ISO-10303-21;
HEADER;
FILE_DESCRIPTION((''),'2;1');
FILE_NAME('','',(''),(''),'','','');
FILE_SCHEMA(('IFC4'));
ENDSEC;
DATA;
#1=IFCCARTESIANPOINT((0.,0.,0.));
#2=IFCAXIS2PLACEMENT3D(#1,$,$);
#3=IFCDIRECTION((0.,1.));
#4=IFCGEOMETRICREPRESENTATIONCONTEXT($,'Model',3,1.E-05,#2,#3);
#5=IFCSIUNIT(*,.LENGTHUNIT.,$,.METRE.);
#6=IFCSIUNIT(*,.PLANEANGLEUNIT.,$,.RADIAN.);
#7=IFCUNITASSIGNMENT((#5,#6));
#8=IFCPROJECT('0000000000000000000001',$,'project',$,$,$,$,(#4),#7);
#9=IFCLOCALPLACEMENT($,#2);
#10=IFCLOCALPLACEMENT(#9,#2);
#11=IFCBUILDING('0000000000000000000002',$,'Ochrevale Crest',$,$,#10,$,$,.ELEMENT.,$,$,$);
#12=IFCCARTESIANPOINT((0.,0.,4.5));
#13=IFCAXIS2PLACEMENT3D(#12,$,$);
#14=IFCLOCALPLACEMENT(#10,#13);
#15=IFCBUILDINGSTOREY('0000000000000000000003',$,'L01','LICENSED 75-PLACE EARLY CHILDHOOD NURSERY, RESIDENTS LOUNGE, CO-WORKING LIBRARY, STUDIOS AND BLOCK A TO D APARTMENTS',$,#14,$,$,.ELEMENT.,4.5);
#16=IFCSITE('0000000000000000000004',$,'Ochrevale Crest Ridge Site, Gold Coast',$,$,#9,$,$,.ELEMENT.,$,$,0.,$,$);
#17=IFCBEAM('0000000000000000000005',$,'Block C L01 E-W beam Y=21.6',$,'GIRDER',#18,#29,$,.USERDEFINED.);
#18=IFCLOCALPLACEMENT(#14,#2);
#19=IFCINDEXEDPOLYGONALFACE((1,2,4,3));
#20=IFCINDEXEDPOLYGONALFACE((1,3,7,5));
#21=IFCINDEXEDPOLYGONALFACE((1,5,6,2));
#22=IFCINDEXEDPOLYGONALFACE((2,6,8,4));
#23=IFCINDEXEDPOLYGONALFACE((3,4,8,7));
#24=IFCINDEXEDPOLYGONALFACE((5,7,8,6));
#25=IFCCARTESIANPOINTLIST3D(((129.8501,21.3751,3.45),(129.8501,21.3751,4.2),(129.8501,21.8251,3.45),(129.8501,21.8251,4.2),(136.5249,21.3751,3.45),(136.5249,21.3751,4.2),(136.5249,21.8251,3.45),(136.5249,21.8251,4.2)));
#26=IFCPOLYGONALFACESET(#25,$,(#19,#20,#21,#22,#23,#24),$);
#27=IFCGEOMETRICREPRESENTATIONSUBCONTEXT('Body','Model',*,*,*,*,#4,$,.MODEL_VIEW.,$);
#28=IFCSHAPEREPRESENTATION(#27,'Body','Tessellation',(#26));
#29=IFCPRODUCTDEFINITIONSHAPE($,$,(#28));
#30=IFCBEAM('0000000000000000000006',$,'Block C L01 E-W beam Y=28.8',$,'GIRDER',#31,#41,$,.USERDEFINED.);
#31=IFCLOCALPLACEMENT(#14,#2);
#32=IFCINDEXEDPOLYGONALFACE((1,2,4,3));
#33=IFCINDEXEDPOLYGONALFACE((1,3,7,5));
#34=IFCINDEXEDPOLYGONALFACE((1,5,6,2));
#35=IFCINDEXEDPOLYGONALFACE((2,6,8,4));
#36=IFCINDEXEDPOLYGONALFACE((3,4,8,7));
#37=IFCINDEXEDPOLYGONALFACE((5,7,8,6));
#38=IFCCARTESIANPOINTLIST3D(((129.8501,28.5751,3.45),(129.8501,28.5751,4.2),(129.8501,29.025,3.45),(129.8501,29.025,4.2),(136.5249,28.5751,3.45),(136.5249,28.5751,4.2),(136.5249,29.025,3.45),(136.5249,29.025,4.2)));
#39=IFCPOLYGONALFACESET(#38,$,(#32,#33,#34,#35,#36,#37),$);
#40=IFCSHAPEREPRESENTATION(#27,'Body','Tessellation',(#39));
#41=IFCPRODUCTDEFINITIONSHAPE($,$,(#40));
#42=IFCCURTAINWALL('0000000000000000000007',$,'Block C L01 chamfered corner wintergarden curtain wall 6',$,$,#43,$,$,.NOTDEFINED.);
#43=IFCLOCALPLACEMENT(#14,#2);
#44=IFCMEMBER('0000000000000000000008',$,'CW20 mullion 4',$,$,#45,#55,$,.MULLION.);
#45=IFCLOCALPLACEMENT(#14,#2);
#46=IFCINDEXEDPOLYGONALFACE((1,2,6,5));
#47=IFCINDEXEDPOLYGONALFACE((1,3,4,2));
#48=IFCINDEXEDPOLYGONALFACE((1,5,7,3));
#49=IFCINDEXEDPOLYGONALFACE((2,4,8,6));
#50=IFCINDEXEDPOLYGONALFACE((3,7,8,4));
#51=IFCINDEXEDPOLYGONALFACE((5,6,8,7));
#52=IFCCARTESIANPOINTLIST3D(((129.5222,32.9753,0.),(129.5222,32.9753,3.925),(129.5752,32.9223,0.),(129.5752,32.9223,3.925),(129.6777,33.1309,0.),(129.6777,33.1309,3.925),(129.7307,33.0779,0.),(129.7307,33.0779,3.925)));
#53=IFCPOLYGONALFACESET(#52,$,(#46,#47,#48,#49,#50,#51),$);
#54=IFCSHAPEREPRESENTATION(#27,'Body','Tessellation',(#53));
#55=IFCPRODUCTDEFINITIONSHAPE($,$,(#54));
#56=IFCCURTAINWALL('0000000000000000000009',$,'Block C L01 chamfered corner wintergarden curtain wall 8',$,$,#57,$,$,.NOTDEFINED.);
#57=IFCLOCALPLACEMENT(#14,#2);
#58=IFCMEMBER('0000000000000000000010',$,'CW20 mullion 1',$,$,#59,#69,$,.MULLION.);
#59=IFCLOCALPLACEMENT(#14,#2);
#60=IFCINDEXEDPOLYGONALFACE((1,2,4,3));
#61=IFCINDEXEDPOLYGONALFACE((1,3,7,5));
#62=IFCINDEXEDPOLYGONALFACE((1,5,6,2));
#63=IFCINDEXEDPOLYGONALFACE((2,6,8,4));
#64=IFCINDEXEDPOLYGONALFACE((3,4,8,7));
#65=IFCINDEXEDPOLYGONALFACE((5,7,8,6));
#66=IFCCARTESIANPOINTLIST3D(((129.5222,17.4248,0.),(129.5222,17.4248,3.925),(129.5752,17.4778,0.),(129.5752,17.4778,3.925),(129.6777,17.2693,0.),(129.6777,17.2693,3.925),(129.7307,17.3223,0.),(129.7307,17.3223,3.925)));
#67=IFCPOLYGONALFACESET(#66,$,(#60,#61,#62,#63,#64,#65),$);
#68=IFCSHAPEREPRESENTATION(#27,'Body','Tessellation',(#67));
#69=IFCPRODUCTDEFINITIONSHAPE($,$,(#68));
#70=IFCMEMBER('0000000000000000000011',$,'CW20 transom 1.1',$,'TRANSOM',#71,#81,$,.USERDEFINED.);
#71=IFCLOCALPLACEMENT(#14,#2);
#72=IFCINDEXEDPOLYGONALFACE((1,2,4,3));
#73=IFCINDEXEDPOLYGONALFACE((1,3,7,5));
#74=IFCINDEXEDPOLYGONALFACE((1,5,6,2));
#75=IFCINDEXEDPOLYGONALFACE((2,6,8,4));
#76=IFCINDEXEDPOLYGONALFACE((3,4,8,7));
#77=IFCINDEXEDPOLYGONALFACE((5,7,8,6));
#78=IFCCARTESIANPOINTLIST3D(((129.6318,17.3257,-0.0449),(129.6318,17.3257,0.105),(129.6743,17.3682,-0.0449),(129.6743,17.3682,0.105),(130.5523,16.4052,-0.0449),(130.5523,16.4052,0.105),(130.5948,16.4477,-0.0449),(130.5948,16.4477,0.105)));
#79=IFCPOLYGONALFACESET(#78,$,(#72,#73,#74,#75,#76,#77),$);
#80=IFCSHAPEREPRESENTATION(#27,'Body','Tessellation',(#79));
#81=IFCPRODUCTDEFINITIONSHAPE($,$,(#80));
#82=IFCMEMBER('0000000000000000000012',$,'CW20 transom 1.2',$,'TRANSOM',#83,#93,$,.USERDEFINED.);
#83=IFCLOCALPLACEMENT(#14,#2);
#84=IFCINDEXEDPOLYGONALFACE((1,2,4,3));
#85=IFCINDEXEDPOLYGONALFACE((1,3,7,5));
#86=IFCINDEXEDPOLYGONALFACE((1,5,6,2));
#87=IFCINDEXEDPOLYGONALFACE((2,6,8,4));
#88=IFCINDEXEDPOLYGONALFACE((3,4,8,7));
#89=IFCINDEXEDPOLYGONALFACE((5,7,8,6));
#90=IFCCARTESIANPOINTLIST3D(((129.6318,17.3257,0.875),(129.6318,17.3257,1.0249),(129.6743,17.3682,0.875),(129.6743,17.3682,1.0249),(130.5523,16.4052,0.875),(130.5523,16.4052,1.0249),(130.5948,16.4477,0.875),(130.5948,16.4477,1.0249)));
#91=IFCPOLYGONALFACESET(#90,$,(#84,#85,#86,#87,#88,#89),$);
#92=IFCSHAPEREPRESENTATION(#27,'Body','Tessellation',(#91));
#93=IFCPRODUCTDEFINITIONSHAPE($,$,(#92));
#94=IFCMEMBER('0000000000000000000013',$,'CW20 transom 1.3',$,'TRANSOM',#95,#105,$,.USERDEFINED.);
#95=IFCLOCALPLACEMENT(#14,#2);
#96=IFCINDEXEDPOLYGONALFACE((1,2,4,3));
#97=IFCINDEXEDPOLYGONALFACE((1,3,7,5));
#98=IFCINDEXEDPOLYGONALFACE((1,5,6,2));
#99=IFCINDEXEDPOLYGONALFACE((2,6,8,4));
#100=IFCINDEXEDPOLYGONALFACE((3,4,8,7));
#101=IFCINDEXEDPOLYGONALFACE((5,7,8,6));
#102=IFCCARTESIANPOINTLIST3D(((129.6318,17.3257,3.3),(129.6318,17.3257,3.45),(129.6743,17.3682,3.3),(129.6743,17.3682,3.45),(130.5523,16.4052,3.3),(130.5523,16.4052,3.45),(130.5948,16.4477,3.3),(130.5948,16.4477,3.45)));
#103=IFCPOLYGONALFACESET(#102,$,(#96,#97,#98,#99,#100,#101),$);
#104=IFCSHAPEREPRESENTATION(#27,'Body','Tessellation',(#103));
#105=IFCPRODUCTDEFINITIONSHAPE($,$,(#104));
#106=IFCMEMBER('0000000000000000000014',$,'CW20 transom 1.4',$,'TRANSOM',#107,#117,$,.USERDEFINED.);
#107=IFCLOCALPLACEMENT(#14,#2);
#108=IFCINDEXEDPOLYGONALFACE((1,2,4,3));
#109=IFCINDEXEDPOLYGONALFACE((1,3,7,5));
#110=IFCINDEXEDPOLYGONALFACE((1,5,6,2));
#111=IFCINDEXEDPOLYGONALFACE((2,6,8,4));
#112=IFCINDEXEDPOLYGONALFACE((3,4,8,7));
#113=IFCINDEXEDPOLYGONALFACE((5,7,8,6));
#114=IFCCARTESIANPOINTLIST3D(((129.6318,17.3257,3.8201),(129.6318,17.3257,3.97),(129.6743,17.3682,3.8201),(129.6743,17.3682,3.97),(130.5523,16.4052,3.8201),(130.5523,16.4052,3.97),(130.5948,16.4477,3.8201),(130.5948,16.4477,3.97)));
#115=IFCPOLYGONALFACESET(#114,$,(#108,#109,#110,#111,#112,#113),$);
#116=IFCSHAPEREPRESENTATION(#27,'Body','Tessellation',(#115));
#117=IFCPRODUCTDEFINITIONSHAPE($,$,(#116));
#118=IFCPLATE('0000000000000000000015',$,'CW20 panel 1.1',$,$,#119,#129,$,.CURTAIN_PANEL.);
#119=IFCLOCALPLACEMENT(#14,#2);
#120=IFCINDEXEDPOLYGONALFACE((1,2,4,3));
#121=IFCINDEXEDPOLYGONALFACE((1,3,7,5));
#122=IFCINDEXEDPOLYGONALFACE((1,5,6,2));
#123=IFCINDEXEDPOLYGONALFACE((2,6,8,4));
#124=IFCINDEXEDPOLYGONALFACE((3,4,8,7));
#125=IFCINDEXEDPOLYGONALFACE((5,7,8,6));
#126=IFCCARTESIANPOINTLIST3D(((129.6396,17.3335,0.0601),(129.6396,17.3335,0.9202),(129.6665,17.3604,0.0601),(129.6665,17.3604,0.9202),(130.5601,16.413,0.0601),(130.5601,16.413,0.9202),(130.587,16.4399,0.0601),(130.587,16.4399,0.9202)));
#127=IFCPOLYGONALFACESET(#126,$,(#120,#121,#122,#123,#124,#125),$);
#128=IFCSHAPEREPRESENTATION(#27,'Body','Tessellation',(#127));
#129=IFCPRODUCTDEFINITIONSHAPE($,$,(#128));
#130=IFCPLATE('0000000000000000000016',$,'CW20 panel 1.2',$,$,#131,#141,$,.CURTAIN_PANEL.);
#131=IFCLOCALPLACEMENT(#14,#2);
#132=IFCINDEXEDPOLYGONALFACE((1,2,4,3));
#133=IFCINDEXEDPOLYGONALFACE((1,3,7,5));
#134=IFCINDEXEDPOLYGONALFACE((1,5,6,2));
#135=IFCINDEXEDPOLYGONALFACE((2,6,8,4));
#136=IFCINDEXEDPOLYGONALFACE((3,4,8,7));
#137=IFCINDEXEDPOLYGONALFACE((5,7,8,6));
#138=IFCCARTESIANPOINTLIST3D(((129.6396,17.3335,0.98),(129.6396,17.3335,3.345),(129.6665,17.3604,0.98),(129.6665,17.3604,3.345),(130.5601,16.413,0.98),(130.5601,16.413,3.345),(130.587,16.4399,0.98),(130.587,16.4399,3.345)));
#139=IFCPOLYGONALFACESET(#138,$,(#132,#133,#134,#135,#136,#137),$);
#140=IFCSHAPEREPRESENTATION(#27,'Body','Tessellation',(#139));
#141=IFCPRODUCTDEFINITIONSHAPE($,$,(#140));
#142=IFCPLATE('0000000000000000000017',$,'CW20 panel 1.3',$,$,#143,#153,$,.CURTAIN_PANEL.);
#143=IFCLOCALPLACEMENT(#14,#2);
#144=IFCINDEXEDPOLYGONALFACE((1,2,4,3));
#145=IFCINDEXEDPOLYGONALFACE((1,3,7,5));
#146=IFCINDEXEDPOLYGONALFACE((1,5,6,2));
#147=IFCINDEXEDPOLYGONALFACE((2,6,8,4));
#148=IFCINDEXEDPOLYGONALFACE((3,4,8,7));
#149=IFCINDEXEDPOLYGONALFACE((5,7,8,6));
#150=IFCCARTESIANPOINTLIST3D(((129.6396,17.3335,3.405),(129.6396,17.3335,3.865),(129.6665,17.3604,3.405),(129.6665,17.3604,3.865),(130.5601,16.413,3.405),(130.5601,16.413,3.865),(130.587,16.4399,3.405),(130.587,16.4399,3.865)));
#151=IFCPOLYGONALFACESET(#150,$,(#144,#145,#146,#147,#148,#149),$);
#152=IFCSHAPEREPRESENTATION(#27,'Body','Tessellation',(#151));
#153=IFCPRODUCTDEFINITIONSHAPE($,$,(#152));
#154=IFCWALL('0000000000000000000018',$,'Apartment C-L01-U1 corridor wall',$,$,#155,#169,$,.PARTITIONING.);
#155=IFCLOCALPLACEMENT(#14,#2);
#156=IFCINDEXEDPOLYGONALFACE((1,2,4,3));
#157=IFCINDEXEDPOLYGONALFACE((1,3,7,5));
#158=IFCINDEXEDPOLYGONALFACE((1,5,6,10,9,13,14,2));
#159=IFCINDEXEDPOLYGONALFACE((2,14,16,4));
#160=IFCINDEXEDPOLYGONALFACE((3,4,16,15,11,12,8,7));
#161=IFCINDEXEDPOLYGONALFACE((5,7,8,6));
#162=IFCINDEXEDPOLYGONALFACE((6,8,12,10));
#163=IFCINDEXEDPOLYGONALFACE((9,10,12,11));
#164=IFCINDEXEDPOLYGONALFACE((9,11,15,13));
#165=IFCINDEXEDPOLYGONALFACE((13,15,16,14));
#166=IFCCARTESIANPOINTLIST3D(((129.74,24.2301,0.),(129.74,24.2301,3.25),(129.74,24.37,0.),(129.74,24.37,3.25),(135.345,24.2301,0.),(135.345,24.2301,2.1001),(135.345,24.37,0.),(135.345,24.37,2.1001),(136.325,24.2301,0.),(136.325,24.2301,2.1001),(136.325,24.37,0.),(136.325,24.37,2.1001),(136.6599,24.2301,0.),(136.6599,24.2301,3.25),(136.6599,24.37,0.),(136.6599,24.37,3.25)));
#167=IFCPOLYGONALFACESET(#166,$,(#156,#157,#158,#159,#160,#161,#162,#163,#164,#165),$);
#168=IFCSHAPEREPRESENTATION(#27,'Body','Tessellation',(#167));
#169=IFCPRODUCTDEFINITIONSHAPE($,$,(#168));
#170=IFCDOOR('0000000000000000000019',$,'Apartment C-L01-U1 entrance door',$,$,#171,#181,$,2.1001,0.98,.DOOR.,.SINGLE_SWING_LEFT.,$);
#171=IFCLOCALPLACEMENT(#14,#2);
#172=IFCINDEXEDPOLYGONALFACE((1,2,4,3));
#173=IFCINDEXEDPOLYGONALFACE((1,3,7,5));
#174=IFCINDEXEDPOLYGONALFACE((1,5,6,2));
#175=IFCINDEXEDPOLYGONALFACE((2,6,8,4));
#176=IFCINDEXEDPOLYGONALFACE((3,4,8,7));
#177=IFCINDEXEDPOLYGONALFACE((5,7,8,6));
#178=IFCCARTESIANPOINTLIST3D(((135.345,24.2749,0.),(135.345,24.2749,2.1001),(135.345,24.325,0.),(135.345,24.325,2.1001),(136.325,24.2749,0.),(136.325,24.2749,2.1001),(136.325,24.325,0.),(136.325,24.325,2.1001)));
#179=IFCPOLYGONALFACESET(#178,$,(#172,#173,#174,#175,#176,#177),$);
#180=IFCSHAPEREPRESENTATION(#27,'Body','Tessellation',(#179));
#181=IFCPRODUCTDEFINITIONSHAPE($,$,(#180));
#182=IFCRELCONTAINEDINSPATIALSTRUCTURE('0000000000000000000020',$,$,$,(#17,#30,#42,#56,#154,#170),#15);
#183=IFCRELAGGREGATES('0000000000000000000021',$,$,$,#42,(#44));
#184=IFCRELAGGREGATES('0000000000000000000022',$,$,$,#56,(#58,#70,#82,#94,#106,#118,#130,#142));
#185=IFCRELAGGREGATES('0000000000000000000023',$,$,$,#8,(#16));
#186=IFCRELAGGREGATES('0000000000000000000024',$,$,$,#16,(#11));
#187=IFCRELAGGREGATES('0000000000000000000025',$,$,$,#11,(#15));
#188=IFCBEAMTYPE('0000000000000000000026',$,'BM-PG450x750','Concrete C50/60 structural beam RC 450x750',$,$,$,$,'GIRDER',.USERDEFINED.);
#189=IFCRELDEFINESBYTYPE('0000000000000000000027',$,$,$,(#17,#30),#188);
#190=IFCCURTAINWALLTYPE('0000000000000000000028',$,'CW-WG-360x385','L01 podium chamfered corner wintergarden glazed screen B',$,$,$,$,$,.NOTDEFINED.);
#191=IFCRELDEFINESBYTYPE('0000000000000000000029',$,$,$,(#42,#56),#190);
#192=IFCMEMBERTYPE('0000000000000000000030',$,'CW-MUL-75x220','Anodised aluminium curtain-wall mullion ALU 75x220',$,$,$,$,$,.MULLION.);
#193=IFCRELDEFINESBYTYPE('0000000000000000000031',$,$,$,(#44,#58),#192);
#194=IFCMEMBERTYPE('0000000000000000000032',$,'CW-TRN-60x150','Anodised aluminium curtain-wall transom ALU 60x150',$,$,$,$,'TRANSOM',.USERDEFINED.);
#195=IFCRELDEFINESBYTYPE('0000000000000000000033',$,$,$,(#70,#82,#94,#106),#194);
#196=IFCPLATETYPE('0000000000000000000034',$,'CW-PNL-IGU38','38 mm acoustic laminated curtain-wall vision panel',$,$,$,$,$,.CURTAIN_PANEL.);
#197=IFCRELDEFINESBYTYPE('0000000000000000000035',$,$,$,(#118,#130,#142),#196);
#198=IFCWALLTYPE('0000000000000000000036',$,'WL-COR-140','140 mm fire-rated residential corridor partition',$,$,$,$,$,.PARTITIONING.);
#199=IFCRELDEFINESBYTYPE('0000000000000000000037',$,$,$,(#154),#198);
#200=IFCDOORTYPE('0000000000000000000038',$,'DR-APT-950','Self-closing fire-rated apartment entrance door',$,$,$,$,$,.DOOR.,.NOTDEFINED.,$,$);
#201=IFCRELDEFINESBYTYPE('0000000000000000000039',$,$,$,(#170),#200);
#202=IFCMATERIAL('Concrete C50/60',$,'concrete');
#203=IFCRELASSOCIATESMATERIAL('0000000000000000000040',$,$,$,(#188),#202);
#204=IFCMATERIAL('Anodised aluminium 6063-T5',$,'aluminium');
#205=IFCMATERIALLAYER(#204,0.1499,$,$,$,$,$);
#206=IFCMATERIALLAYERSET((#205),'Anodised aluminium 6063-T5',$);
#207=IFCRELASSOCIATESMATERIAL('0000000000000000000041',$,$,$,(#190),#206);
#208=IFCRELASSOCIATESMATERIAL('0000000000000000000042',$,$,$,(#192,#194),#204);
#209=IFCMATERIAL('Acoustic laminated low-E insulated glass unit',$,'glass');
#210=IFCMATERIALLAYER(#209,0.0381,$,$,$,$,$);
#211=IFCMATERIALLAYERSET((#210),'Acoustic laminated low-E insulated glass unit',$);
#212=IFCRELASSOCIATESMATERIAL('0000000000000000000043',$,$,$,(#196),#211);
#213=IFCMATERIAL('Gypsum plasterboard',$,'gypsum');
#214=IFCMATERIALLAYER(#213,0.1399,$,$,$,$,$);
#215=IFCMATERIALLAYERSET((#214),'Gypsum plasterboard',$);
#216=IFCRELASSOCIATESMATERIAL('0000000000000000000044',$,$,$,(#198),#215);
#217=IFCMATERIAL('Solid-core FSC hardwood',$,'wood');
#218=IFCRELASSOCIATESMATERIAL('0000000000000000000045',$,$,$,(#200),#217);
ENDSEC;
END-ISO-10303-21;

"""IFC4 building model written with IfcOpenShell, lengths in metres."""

from ifc_helpers import new_model, si_unit, direction, frame, frame_2d, origin, origin_2d, place, context, subcontext, project, spatial, rectangle, extrude, material, layer, layer_set, material_profile, profile_set, type_object, element, fill, aggregate, save


model = new_model("IFC4")

# Units and contexts
model_context = context("Model", 3, precision=1e-05, world=origin(), true_north=direction((0.0, 1.0)))
body_context = subcontext(model_context, "Body", "Model", "MODEL_VIEW")
ifc_project = project(units=[si_unit("LENGTHUNIT", "METRE"), si_unit("PLANEANGLEUNIT", "RADIAN")], contexts=[model_context])

# Site, building, storey
site_placement = place(None, origin())
site = spatial("IfcSite", under=ifc_project, at=site_placement, Name="Ochrevale Crest Ridge Site, Gold Coast", CompositionType="ELEMENT", RefElevation=0.0)
building_placement = place(site_placement, origin())
building = spatial("IfcBuilding", under=site, at=building_placement, Name="Ochrevale Crest", CompositionType="ELEMENT")
storey_placement = place(building_placement, frame((0.0, 0.0, 4.5)))
storey = spatial("IfcBuildingStorey", under=building, at=storey_placement, Name="L01", Description="LICENSED 75-PLACE EARLY CHILDHOOD NURSERY, RESIDENTS LOUNGE, CO-WORKING LIBRARY, STUDIOS AND BLOCK A TO D APARTMENTS", CompositionType="ELEMENT", Elevation=4.5)

# Beams
ifc_material_1 = material(Name="Concrete C50/60", Category="concrete")
ifc_material_profile_1 = material_profile(ifc_material_1, rectangle(XDim=0.45, YDim=0.75, at=origin_2d()), Name="RC 450x750")
ifc_profile_set_1 = profile_set([ifc_material_profile_1], Name="Concrete C50/60")
beam_type = type_object("IfcBeamType", Name="BM-PG450x750", Description="Concrete C50/60 structural beam RC 450x750", ElementType="GIRDER", PredefinedType="USERDEFINED", material=ifc_profile_set_1)
for number, where, z_axis, x_axis, name in (
    (1, (129.8501, 21.6001, 3.825), (1.0, 0.0, 0.0), (0.0, 1.0, 0.0), "Block C L01 E-W beam Y=21.6"),
    (2, (129.8501, 28.8, 3.825), (1.0, 0.0, 0.0), (0.0, 1.0, 0.0), "Block C L01 E-W beam Y=28.8"),
):
    element("IfcBeam", number, at=place(storey_placement, frame(where, z_axis=z_axis, x_axis=x_axis)), inside=storey, type_object=beam_type, Name=name, ObjectType="GIRDER", PredefinedType="USERDEFINED", context=body_context, shape_type="SweptSolid", body=[
        extrude(rectangle(XDim=0.45, YDim=0.75, at=origin_2d()), origin(), (0.0, 0.0, 1.0), 6.6748),
    ])

# Curtain wall, member
ifc_material_2 = material(Name="Anodised aluminium 6063-T5", Category="aluminium")
ifc_layer_1 = layer(ifc_material_2, 0.1499)
ifc_layer_set_1 = layer_set([ifc_layer_1], Name="Anodised aluminium 6063-T5")
curtain_wall_type = type_object("IfcCurtainWallType", Name="CW-WG-360x385", Description="L01 podium chamfered corner wintergarden glazed screen B", PredefinedType="NOTDEFINED", material=ifc_layer_set_1)
curtain_wall_1_placement = place(storey_placement, origin())
curtain_wall_1 = element("IfcCurtainWall", 3, at=curtain_wall_1_placement, inside=storey, type_object=curtain_wall_type, Name="Block C L01 chamfered corner wintergarden curtain wall 6", PredefinedType="NOTDEFINED")
ifc_material_profile_2 = material_profile(ifc_material_2, rectangle(XDim=0.075, YDim=0.22, at=origin_2d()), Name="ALU 75x220")
ifc_profile_set_2 = profile_set([ifc_material_profile_2], Name="Anodised aluminium 6063-T5")
member_type_1 = type_object("IfcMemberType", Name="CW-MUL-75x220", Description="Anodised aluminium curtain-wall mullion ALU 75x220", PredefinedType="MULLION", material=ifc_profile_set_2)
member_1_placement = place(storey_placement, frame((129.6265, 33.0266, 0.0), z_axis=(0.0, 0.0, 1.0), x_axis=(0.707107, -0.707107, 0.0)))
member_1 = element("IfcMember", 4, at=member_1_placement, type_object=member_type_1, Name="CW20 mullion 4", PredefinedType="MULLION", context=body_context, shape_type="SweptSolid", body=[
    extrude(rectangle(XDim=0.075, YDim=0.22, at=origin_2d()), origin(), (0.0, 0.0, 1.0), 3.925),
])
aggregate(curtain_wall_1, [member_1])

# Curtain wall, members, plates
curtain_wall_2_placement = place(storey_placement, origin())
curtain_wall_2 = element("IfcCurtainWall", 5, at=curtain_wall_2_placement, inside=storey, type_object=curtain_wall_type, Name="Block C L01 chamfered corner wintergarden curtain wall 8", PredefinedType="NOTDEFINED")
member_2_placement = place(storey_placement, frame((129.6265, 17.3735, 0.0), z_axis=(0.0, 0.0, 1.0), x_axis=(0.707107, 0.707107, 0.0)))
member_2 = element("IfcMember", 6, at=member_2_placement, type_object=member_type_1, Name="CW20 mullion 1", PredefinedType="MULLION", context=body_context, shape_type="SweptSolid", body=[
    extrude(rectangle(XDim=0.075, YDim=0.22, at=origin_2d()), origin(), (0.0, 0.0, 1.0), 3.925),
])
ifc_material_profile_3 = material_profile(ifc_material_2, rectangle(XDim=0.0601, YDim=0.1499, at=origin_2d()), Name="ALU 60x150")
ifc_profile_set_3 = profile_set([ifc_material_profile_3], Name="Anodised aluminium 6063-T5")
member_type_2 = type_object("IfcMemberType", Name="CW-TRN-60x150", Description="Anodised aluminium curtain-wall transom ALU 60x150", ElementType="TRANSOM", PredefinedType="USERDEFINED", material=ifc_profile_set_3)
member_3_placement = place(storey_placement, frame((129.6531, 17.3469, 0.03), z_axis=(0.707107, -0.707107, 0.0), x_axis=(0.707107, 0.707107, 0.0)))
member_3 = element("IfcMember", 7, at=member_3_placement, type_object=member_type_2, Name="CW20 transom 1.1", ObjectType="TRANSOM", PredefinedType="USERDEFINED", context=body_context, shape_type="SweptSolid", body=[
    extrude(rectangle(XDim=0.0601, YDim=0.1499, at=origin_2d()), origin(), (0.0, 0.0, 1.0), 1.3018),
])
member_4_placement = place(storey_placement, frame((129.6531, 17.3469, 0.95), z_axis=(0.707107, -0.707107, 0.0), x_axis=(0.707107, 0.707107, 0.0)))
member_4 = element("IfcMember", 8, at=member_4_placement, type_object=member_type_2, Name="CW20 transom 1.2", ObjectType="TRANSOM", PredefinedType="USERDEFINED", context=body_context, shape_type="SweptSolid", body=[
    extrude(rectangle(XDim=0.0601, YDim=0.1499, at=origin_2d()), origin(), (0.0, 0.0, 1.0), 1.3018),
])
member_5_placement = place(storey_placement, frame((129.6531, 17.3469, 3.375), z_axis=(0.707107, -0.707107, 0.0), x_axis=(0.707107, 0.707107, 0.0)))
member_5 = element("IfcMember", 9, at=member_5_placement, type_object=member_type_2, Name="CW20 transom 1.3", ObjectType="TRANSOM", PredefinedType="USERDEFINED", context=body_context, shape_type="SweptSolid", body=[
    extrude(rectangle(XDim=0.0601, YDim=0.1499, at=origin_2d()), origin(), (0.0, 0.0, 1.0), 1.3018),
])
member_6_placement = place(storey_placement, frame((129.6531, 17.3469, 3.895), z_axis=(0.707107, -0.707107, 0.0), x_axis=(0.707107, 0.707107, 0.0)))
member_6 = element("IfcMember", 10, at=member_6_placement, type_object=member_type_2, Name="CW20 transom 1.4", ObjectType="TRANSOM", PredefinedType="USERDEFINED", context=body_context, shape_type="SweptSolid", body=[
    extrude(rectangle(XDim=0.0601, YDim=0.1499, at=origin_2d()), origin(), (0.0, 0.0, 1.0), 1.3018),
])
ifc_material_3 = material(Name="Acoustic laminated low-E insulated glass unit", Category="glass")
ifc_layer_2 = layer(ifc_material_3, 0.0381)
ifc_layer_set_2 = layer_set([ifc_layer_2], Name="Acoustic laminated low-E insulated glass unit")
plate_type = type_object("IfcPlateType", Name="CW-PNL-IGU38", Description="38 mm acoustic laminated curtain-wall vision panel", PredefinedType="CURTAIN_PANEL", material=ifc_layer_set_2)
plate_1_placement = place(storey_placement, frame((130.1133, 16.8867, 0.0601), z_axis=(0.0, 0.0, 1.0), x_axis=(0.707107, -0.707107, 0.0)))
plate_1 = element("IfcPlate", 11, at=plate_1_placement, type_object=plate_type, Name="CW20 panel 1.1", PredefinedType="CURTAIN_PANEL", context=body_context, shape_type="SweptSolid", body=[
    extrude(rectangle(XDim=1.3018, YDim=0.0381, at=origin_2d()), origin(), (0.0, 0.0, 1.0), 0.8601),
])
plate_2_placement = place(storey_placement, frame((130.1133, 16.8867, 0.98), z_axis=(0.0, 0.0, 1.0), x_axis=(0.707107, -0.707107, 0.0)))
plate_2 = element("IfcPlate", 12, at=plate_2_placement, type_object=plate_type, Name="CW20 panel 1.2", PredefinedType="CURTAIN_PANEL", context=body_context, shape_type="SweptSolid", body=[
    extrude(rectangle(XDim=1.3018, YDim=0.0381, at=origin_2d()), origin(), (0.0, 0.0, 1.0), 2.365),
])
plate_3_placement = place(storey_placement, frame((130.1133, 16.8867, 3.405), z_axis=(0.0, 0.0, 1.0), x_axis=(0.707107, -0.707107, 0.0)))
plate_3 = element("IfcPlate", 13, at=plate_3_placement, type_object=plate_type, Name="CW20 panel 1.3", PredefinedType="CURTAIN_PANEL", context=body_context, shape_type="SweptSolid", body=[
    extrude(rectangle(XDim=1.3018, YDim=0.0381, at=origin_2d()), origin(), (0.0, 0.0, 1.0), 0.46),
])
aggregate(curtain_wall_2, [member_2, member_3, member_4, member_5, member_6, plate_1, plate_2, plate_3])

# Wall, opening, door
ifc_material_4 = material(Name="Gypsum plasterboard", Category="gypsum")
ifc_layer_3 = layer(ifc_material_4, 0.1399)
ifc_layer_set_3 = layer_set([ifc_layer_3], Name="Gypsum plasterboard")
wall_type_1 = type_object("IfcWallType", Name="WL-COR-140", Description="140 mm fire-rated residential corridor partition", PredefinedType="PARTITIONING", material=ifc_layer_set_3)
wall_1_placement = place(storey_placement, frame((129.74, 24.3, 0.0), z_axis=(0.0, 0.0, 1.0), x_axis=(1.0, 0.0, 0.0)))
wall_1 = element("IfcWall", 14, at=wall_1_placement, inside=storey, type_object=wall_type_1, Name="Apartment C-L01-U1 corridor wall", PredefinedType="PARTITIONING", context=body_context, shape_type="SweptSolid", body=[
    extrude(rectangle(XDim=6.9199, YDim=0.1399, at=frame_2d((3.46, 0.0))), origin(), (0.0, 0.0, 1.0), 3.25),
])
opening_1_placement = place(wall_1_placement, frame((5.605, 0.0, 0.0)))
opening_1 = element("IfcOpeningElement", 15, at=opening_1_placement, cuts=wall_1, PredefinedType="OPENING", context=body_context, shape_type="SweptSolid", body=[
    extrude(rectangle(XDim=0.98, YDim=2.1001, at=frame_2d((0.49, 1.05))), frame((0.0, 0.0801, 0.0), z_axis=(0.0, -1.0, 0.0), x_axis=(1.0, 0.0, 0.0)), (0.0, 0.0, 1.0), 0.1599),
])
ifc_material_5 = material(Name="Solid-core FSC hardwood", Category="wood")
door_type_1 = type_object("IfcDoorType", Name="DR-APT-950", Description="Self-closing fire-rated apartment entrance door", OperationType="NOTDEFINED", PredefinedType="DOOR", material=ifc_material_5)
door_1_placement = place(opening_1_placement, origin())
door_1 = element("IfcDoor", 16, at=door_1_placement, inside=storey, type_object=door_type_1, Name="Apartment C-L01-U1 entrance door", OperationType="SINGLE_SWING_LEFT", OverallHeight=2.1001, OverallWidth=0.98, PredefinedType="DOOR", context=body_context, shape_type="SweptSolid", body=[
    extrude(rectangle(XDim=0.98, YDim=2.1001, at=frame_2d((0.49, 1.05))), frame((0.0, 0.0249, 0.0), z_axis=(0.0, -1.0, 0.0), x_axis=(1.0, 0.0, 0.0)), (0.0, 0.0, 1.0), 0.05),
])
fill(opening_1, door_1)

save(model, "model.ifc")
